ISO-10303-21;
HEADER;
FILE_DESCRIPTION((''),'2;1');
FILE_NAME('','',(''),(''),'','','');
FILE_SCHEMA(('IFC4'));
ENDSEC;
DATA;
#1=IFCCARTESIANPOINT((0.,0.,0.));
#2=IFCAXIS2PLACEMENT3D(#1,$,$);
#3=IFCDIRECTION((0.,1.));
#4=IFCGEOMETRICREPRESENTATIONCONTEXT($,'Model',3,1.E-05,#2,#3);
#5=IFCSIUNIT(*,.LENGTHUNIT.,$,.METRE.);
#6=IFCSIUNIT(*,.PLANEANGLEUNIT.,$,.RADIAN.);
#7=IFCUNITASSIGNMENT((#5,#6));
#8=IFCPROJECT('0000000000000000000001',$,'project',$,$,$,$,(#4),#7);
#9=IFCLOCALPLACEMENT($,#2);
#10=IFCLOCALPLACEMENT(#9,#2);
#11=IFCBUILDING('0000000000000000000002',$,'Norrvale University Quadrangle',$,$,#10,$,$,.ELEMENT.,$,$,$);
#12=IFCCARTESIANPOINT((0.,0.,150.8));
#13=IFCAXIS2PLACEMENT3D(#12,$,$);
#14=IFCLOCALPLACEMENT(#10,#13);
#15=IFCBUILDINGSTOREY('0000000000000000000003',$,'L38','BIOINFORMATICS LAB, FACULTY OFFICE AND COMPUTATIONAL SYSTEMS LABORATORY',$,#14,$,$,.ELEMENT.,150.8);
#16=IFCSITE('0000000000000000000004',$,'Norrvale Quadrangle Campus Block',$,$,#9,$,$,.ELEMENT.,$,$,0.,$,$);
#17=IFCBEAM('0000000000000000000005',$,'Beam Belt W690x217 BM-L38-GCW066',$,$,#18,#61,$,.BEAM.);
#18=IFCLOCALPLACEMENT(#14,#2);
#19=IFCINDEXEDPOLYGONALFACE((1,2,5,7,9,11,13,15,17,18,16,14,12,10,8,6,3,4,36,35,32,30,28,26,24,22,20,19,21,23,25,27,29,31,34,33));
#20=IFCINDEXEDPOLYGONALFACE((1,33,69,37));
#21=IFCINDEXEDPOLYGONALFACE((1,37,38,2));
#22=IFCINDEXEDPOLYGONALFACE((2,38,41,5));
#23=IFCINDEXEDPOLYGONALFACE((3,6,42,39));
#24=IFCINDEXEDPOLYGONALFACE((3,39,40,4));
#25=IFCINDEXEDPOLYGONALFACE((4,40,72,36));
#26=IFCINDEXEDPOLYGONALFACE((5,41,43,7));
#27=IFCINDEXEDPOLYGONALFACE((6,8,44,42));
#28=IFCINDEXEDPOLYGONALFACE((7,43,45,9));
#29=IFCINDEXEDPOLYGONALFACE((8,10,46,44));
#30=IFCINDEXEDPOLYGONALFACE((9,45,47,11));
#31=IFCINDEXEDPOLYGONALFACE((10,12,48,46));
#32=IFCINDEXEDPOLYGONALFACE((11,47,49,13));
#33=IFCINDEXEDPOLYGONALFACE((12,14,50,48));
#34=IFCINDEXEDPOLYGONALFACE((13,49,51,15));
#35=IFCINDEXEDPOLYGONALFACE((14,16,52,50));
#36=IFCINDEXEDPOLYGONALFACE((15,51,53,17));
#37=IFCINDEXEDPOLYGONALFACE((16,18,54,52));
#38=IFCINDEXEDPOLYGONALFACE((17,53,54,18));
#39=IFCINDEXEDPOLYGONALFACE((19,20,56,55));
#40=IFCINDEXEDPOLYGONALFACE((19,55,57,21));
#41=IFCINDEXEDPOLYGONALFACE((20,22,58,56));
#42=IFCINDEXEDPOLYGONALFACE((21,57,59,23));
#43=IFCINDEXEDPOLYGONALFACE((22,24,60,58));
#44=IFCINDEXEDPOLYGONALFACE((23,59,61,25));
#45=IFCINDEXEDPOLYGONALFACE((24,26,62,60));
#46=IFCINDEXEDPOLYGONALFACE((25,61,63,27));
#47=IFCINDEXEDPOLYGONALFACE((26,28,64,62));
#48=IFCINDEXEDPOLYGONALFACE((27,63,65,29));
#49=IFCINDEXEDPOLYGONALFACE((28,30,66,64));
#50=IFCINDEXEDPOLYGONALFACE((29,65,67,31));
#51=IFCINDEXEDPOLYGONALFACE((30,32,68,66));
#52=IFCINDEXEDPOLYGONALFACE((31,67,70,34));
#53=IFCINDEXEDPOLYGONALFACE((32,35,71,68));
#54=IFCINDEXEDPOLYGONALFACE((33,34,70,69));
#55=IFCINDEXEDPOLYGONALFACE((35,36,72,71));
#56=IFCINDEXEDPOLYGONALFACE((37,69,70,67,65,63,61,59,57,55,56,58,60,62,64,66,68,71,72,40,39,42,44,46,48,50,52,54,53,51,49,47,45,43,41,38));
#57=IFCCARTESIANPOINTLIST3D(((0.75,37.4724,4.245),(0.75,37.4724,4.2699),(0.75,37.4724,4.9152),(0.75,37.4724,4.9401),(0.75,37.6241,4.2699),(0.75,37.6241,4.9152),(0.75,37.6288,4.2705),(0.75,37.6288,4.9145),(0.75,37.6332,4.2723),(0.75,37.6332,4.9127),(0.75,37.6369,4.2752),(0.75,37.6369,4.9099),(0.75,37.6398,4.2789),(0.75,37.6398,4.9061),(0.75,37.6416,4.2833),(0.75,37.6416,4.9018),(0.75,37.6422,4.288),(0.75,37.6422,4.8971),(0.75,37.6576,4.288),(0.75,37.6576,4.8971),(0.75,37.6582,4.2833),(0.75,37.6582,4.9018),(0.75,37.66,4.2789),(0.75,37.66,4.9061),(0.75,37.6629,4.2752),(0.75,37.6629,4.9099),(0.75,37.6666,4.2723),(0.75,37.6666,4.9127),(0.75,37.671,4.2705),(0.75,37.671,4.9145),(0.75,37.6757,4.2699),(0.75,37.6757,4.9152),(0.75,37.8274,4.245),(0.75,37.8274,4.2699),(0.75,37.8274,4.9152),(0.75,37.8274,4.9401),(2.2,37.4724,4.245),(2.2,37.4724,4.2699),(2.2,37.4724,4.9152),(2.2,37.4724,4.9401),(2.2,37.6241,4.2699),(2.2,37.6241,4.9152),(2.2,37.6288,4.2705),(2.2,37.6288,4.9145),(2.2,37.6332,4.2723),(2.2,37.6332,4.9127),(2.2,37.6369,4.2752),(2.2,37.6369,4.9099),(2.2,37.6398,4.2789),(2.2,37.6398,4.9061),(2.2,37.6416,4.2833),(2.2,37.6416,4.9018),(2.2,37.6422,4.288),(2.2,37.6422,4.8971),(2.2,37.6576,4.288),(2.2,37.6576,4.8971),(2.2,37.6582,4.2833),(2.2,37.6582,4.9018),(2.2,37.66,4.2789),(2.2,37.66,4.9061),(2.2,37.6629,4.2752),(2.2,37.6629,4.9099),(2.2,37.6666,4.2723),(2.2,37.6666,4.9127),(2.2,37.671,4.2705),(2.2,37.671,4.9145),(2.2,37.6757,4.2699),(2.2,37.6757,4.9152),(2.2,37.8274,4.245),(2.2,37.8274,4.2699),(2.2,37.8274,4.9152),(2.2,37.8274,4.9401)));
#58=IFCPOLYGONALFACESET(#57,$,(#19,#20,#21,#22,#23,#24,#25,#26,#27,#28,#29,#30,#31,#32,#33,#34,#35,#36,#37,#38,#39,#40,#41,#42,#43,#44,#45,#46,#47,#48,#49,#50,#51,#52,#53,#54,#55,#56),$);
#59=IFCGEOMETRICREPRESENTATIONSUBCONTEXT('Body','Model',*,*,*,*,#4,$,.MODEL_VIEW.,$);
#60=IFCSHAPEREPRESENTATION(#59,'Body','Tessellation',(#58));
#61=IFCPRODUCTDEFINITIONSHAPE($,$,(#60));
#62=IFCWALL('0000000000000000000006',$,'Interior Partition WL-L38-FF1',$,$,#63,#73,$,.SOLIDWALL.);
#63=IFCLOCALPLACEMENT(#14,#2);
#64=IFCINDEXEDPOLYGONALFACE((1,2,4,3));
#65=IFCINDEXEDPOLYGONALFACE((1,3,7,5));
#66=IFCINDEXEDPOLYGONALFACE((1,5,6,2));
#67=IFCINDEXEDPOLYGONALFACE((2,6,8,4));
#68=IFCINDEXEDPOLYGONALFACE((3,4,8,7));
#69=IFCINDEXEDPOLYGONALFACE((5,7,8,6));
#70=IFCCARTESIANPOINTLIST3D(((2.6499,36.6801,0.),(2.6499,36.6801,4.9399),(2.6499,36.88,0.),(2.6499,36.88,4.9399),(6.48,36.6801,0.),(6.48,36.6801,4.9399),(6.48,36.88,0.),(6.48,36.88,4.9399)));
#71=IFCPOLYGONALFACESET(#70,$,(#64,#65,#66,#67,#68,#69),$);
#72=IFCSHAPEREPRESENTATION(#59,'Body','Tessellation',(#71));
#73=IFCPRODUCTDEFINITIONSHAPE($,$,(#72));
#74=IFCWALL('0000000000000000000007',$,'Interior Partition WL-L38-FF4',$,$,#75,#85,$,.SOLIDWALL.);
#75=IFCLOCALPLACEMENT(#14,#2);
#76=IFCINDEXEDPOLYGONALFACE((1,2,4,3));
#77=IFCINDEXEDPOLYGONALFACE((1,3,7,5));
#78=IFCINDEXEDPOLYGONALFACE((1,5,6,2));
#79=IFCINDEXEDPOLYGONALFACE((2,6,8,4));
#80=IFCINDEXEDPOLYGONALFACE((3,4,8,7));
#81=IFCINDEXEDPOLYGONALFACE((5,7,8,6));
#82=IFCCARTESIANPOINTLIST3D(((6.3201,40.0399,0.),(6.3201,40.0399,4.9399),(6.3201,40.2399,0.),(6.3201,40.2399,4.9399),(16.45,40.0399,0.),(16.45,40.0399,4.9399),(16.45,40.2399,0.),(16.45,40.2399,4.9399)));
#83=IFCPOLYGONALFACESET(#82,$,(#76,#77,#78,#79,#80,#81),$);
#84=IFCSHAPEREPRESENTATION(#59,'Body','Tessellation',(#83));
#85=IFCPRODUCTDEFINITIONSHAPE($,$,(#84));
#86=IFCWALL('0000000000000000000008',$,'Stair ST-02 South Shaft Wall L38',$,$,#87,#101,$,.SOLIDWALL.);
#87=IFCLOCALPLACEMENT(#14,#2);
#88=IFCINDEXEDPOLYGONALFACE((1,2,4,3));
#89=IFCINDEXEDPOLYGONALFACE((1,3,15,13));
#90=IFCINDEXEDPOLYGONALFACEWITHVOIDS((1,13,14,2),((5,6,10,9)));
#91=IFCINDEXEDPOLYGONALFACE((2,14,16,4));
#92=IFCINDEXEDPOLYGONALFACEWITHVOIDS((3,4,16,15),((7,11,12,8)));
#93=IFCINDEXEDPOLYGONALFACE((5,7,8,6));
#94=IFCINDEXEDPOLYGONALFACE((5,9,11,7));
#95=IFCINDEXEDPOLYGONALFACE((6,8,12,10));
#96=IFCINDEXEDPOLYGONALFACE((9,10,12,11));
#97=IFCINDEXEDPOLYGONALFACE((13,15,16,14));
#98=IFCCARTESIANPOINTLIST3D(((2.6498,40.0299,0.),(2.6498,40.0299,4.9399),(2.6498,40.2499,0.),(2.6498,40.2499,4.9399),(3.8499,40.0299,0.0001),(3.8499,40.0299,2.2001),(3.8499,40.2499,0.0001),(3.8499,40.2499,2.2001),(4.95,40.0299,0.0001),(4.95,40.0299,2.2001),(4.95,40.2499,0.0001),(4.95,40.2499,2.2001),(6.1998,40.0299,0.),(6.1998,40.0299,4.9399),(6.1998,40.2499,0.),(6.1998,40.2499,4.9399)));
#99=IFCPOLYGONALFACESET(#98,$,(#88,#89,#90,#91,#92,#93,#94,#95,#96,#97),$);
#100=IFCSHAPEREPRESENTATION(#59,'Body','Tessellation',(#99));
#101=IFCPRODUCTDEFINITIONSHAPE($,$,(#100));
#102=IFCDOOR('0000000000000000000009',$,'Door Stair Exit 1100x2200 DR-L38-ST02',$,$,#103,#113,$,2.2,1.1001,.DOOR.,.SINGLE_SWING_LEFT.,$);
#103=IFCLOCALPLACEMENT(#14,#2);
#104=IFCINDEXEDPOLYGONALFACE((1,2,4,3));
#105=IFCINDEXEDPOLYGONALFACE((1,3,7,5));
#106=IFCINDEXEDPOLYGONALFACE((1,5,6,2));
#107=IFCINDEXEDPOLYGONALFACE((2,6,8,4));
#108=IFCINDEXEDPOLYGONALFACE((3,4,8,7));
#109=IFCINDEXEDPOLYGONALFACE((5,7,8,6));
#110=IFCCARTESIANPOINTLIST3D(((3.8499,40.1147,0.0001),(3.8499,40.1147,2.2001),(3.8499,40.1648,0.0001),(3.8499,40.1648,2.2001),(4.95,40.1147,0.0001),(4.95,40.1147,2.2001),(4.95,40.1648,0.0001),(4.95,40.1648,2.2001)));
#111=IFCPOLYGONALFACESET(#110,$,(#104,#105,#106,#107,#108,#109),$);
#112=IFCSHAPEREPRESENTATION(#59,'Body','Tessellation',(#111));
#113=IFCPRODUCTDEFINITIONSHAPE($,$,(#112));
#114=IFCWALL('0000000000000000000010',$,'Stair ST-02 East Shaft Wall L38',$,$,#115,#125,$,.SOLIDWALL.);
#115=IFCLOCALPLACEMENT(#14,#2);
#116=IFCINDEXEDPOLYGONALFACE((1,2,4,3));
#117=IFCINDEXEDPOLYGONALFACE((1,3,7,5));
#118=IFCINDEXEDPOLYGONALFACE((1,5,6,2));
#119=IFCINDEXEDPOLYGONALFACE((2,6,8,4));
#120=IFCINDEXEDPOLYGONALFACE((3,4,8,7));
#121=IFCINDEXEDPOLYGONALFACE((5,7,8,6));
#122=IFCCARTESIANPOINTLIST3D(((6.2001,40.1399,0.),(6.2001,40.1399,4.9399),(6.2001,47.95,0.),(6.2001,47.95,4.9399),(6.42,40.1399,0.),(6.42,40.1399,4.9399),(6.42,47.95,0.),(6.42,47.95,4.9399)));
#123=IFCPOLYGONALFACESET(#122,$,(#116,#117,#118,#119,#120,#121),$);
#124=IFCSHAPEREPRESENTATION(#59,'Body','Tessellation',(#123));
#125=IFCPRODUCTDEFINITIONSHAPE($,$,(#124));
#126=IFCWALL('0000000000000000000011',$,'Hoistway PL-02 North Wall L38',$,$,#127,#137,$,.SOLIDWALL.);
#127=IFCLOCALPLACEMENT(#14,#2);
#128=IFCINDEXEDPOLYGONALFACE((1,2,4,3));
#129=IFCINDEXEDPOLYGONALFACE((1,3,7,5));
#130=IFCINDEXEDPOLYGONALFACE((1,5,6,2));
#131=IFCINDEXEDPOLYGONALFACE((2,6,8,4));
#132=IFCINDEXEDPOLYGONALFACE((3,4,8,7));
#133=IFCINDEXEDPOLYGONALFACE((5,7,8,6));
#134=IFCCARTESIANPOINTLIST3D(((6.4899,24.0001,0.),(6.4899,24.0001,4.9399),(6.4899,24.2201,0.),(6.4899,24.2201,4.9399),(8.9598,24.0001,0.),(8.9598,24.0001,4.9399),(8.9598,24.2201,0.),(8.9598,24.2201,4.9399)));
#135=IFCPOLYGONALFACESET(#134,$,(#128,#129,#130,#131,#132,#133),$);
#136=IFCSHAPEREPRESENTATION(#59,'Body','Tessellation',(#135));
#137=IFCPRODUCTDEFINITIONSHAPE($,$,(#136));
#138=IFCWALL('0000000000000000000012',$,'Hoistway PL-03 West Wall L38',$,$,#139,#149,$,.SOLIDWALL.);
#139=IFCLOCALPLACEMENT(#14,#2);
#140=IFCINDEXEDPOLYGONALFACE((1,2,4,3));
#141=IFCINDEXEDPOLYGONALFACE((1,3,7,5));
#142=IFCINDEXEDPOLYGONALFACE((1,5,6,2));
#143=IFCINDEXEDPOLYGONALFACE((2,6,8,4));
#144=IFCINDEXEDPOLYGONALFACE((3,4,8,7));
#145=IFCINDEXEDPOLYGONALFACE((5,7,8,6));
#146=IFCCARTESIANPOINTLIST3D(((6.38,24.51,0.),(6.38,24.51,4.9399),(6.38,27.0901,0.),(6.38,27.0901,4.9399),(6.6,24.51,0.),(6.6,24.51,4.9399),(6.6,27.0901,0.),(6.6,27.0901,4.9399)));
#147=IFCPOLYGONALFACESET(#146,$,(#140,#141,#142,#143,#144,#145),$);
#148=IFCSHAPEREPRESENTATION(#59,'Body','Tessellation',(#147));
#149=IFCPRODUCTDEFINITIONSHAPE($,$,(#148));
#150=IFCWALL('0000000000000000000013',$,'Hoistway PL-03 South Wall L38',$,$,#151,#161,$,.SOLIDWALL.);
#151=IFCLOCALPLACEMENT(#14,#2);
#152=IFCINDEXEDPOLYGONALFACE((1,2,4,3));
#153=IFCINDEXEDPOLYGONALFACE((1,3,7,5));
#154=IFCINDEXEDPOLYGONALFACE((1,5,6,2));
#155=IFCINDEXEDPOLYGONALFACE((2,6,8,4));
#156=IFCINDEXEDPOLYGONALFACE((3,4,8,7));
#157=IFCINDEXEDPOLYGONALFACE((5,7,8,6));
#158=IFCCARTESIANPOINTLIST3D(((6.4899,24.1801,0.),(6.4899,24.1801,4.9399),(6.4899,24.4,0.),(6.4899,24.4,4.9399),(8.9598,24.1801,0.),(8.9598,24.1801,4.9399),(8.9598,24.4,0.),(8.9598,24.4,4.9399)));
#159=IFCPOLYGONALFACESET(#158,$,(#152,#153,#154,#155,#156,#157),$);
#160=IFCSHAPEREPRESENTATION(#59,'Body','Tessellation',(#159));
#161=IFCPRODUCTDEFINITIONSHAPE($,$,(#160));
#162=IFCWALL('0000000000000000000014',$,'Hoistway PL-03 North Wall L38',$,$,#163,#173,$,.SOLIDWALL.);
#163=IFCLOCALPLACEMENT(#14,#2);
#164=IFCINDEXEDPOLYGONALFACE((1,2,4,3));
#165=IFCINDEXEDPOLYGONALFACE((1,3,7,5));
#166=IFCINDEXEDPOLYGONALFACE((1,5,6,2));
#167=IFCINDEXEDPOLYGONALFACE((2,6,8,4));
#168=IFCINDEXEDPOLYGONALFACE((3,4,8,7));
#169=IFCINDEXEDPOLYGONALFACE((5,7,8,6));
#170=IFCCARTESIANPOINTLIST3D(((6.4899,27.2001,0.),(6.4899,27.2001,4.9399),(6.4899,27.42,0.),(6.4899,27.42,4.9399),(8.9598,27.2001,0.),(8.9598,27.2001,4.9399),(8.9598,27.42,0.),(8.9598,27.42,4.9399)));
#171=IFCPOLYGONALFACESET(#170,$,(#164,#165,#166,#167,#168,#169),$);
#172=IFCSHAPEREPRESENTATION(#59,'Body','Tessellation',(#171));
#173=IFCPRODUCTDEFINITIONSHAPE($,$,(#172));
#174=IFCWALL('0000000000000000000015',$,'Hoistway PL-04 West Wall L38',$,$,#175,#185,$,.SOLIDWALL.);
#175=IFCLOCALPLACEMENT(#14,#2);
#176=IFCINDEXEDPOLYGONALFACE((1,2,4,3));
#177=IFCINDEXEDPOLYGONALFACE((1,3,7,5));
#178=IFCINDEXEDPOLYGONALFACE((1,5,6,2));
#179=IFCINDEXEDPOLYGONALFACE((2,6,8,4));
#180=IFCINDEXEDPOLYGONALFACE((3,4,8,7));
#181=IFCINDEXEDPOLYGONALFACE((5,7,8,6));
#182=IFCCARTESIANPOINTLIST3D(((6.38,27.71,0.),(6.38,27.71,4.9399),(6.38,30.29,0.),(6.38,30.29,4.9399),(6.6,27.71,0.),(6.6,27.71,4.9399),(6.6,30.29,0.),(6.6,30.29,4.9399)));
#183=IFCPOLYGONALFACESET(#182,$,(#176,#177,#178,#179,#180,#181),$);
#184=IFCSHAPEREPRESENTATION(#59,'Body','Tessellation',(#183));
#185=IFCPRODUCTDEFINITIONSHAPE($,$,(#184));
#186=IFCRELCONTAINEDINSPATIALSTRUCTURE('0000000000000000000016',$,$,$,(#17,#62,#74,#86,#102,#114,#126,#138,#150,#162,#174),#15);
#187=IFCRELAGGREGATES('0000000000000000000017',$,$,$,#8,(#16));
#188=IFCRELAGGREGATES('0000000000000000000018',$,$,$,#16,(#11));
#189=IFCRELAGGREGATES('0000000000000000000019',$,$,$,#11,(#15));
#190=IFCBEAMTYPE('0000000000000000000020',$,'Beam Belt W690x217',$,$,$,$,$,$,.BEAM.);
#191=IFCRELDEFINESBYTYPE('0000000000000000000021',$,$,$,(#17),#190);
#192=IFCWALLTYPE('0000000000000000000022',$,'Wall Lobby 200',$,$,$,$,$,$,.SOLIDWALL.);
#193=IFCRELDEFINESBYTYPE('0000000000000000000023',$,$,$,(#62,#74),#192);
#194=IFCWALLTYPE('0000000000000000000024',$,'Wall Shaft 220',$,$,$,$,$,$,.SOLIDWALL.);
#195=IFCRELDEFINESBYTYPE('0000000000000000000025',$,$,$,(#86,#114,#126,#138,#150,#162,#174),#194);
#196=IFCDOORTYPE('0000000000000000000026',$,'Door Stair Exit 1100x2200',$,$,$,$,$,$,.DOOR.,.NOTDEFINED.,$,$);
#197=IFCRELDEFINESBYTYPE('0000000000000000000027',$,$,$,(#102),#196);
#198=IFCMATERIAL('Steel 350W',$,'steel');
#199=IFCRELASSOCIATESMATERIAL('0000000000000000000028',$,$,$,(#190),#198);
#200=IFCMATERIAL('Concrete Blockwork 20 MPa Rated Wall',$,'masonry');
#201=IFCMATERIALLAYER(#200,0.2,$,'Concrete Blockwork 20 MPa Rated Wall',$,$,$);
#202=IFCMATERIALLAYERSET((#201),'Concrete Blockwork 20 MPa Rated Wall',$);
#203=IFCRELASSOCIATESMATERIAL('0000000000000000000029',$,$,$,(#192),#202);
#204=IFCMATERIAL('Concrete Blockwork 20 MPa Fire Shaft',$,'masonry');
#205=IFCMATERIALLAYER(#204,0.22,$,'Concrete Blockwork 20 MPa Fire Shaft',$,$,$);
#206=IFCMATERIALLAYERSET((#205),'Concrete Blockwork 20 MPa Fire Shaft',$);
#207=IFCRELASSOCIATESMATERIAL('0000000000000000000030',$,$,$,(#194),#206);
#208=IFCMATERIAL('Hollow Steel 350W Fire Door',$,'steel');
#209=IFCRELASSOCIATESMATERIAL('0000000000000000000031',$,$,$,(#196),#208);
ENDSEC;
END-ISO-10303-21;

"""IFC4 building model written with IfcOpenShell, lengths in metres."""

from ifc_helpers import new_model, si_unit, direction, frame, frame_2d, origin, origin_2d, place, context, subcontext, project, spatial, rectangle, i_section, extrude, material, layer, layer_set, material_profile, profile_set, type_object, element, fill, save


model = new_model("IFC4")

# Units and contexts
model_context = context("Model", 3, precision=1e-05, world=origin(), true_north=direction((0.0, 1.0)))
body_context = subcontext(model_context, "Body", "Model", "MODEL_VIEW")
ifc_project = project(units=[si_unit("LENGTHUNIT", "METRE"), si_unit("PLANEANGLEUNIT", "RADIAN")], contexts=[model_context])

# Site, building, storey
site_placement = place(None, origin())
site = spatial("IfcSite", under=ifc_project, at=site_placement, Name="Norrvale Quadrangle Campus Block", CompositionType="ELEMENT", RefElevation=0.0)
building_placement = place(site_placement, origin())
building = spatial("IfcBuilding", under=site, at=building_placement, Name="Norrvale University Quadrangle", CompositionType="ELEMENT")
storey_placement = place(building_placement, frame((0.0, 0.0, 150.8)))
storey = spatial("IfcBuildingStorey", under=building, at=storey_placement, Name="L38", Description="BIOINFORMATICS LAB, FACULTY OFFICE AND COMPUTATIONAL SYSTEMS LABORATORY", CompositionType="ELEMENT", Elevation=150.8)

# Beam
ifc_material_1 = material(Name="Steel 350W", Category="steel")
ifc_material_profile_1 = material_profile(ifc_material_1, i_section(OverallWidth=0.355, OverallDepth=0.6951, WebThickness=0.0154, FlangeThickness=0.0249, FilletRadius=0.0181, at=origin_2d()), Name="Steel 350W")
ifc_profile_set_1 = profile_set([ifc_material_profile_1], Name="Steel 350W")
beam_type = type_object("IfcBeamType", Name="Beam Belt W690x217", PredefinedType="BEAM", material=ifc_profile_set_1)
for number, where, z_axis, x_axis, name in (
    (1, (0.75, 37.6499, 4.5925), (1.0, 0.0, 0.0), (0.0, 1.0, 0.0), "Beam Belt W690x217 BM-L38-GCW066"),
):
    element("IfcBeam", number, at=place(storey_placement, frame(where, z_axis=z_axis, x_axis=x_axis)), inside=storey, type_object=beam_type, Name=name, PredefinedType="BEAM", context=body_context, shape_type="SweptSolid", body=[
        extrude(i_section(OverallWidth=0.355, OverallDepth=0.6951, WebThickness=0.0154, FlangeThickness=0.0249, FilletRadius=0.0181, at=origin_2d()), origin(), (0.0, 0.0, 1.0), 1.45),
    ])

# Walls
ifc_material_2 = material(Name="Concrete Blockwork 20 MPa Rated Wall", Category="masonry")
ifc_layer_1 = layer(ifc_material_2, 0.2, Name="Concrete Blockwork 20 MPa Rated Wall")
ifc_layer_set_1 = layer_set([ifc_layer_1], Name="Concrete Blockwork 20 MPa Rated Wall")
wall_type_1 = type_object("IfcWallType", Name="Wall Lobby 200", PredefinedType="SOLIDWALL", material=ifc_layer_set_1)
wall_1_placement = place(storey_placement, frame((2.6499, 36.78, 0.0), z_axis=(0.0, 0.0, 1.0), x_axis=(1.0, 0.0, 0.0)))
element("IfcWall", 2, at=wall_1_placement, inside=storey, type_object=wall_type_1, Name="Interior Partition WL-L38-FF1", PredefinedType="SOLIDWALL", context=body_context, shape_type="SweptSolid", body=[
    extrude(rectangle(XDim=3.8301, YDim=0.2, at=frame_2d((1.915, 0.0))), origin(), (0.0, 0.0, 1.0), 4.9399),
])
wall_2_placement = place(storey_placement, frame((6.3201, 40.1399, 0.0), z_axis=(0.0, 0.0, 1.0), x_axis=(1.0, 0.0, 0.0)))
element("IfcWall", 3, at=wall_2_placement, inside=storey, type_object=wall_type_1, Name="Interior Partition WL-L38-FF4", PredefinedType="SOLIDWALL", context=body_context, shape_type="SweptSolid", body=[
    extrude(rectangle(XDim=10.1299, YDim=0.2, at=frame_2d((5.0649, 0.0))), origin(), (0.0, 0.0, 1.0), 4.9399),
])

# Wall, opening, door
ifc_material_3 = material(Name="Concrete Blockwork 20 MPa Fire Shaft", Category="masonry")
ifc_layer_2 = layer(ifc_material_3, 0.22, Name="Concrete Blockwork 20 MPa Fire Shaft")
ifc_layer_set_2 = layer_set([ifc_layer_2], Name="Concrete Blockwork 20 MPa Fire Shaft")
wall_type_2 = type_object("IfcWallType", Name="Wall Shaft 220", PredefinedType="SOLIDWALL", material=ifc_layer_set_2)
wall_3_placement = place(storey_placement, frame((2.6499, 40.1399, 0.0), z_axis=(0.0, 0.0, 1.0), x_axis=(1.0, 0.0, 0.0)))
wall_3 = element("IfcWall", 4, at=wall_3_placement, inside=storey, type_object=wall_type_2, Name="Stair ST-02 South Shaft Wall L38", PredefinedType="SOLIDWALL", context=body_context, shape_type="SweptSolid", body=[
    extrude(rectangle(XDim=3.55, YDim=0.22, at=frame_2d((1.7749, 0.0))), origin(), (0.0, 0.0, 1.0), 4.9399),
])
opening_placement = place(wall_3_placement, frame((1.2, 0.0, 0.0)))
opening = element("IfcOpeningElement", 5, at=opening_placement, cuts=wall_3, PredefinedType="OPENING", context=body_context, shape_type="SweptSolid", body=[
    extrude(rectangle(XDim=1.1001, YDim=2.2, at=frame_2d((0.55, 1.1001))), frame((0.0, 0.1221, 0.0), z_axis=(0.0, -1.0, 0.0), x_axis=(1.0, 0.0, 0.0)), (0.0, 0.0, 1.0), 0.2439),
])
ifc_material_4 = material(Name="Hollow Steel 350W Fire Door", Category="steel")
door_type = type_object("IfcDoorType", Name="Door Stair Exit 1100x2200", OperationType="NOTDEFINED", PredefinedType="DOOR", material=ifc_material_4)
door_placement = place(opening_placement, origin())
door = element("IfcDoor", 6, at=door_placement, inside=storey, type_object=door_type, Name="Door Stair Exit 1100x2200 DR-L38-ST02", OperationType="SINGLE_SWING_LEFT", OverallHeight=2.2, OverallWidth=1.1001, PredefinedType="DOOR", context=body_context, shape_type="SweptSolid", body=[
    extrude(rectangle(XDim=1.1001, YDim=2.2, at=frame_2d((0.55, 1.1001))), frame((0.0, 0.0249, 0.0), z_axis=(0.0, -1.0, 0.0), x_axis=(1.0, 0.0, 0.0)), (0.0, 0.0, 1.0), 0.05),
])
fill(opening, door)

# Walls
wall_4_placement = place(storey_placement, frame((6.3101, 40.1399, 0.0), z_axis=(0.0, 0.0, 1.0), x_axis=(0.0, 1.0, 0.0)))
element("IfcWall", 7, at=wall_4_placement, inside=storey, type_object=wall_type_2, Name="Stair ST-02 East Shaft Wall L38", PredefinedType="SOLIDWALL", context=body_context, shape_type="SweptSolid", body=[
    extrude(rectangle(XDim=7.8101, YDim=0.22, at=frame_2d((3.905, 0.0))), origin(), (0.0, 0.0, 1.0), 4.9399),
])
wall_5_placement = place(storey_placement, frame((6.49, 24.1101, 0.0), z_axis=(0.0, 0.0, 1.0), x_axis=(1.0, 0.0, 0.0)))
element("IfcWall", 8, at=wall_5_placement, inside=storey, type_object=wall_type_2, Name="Hoistway PL-02 North Wall L38", PredefinedType="SOLIDWALL", context=body_context, shape_type="SweptSolid", body=[
    extrude(rectangle(XDim=2.47, YDim=0.22, at=frame_2d((1.2349, 0.0))), origin(), (0.0, 0.0, 1.0), 4.9399),
])
wall_6_placement = place(storey_placement, frame((6.49, 24.51, 0.0), z_axis=(0.0, 0.0, 1.0), x_axis=(0.0, 1.0, 0.0)))
element("IfcWall", 9, at=wall_6_placement, inside=storey, type_object=wall_type_2, Name="Hoistway PL-03 West Wall L38", PredefinedType="SOLIDWALL", context=body_context, shape_type="SweptSolid", body=[
    extrude(rectangle(XDim=2.5801, YDim=0.22, at=frame_2d((1.29, 0.0))), origin(), (0.0, 0.0, 1.0), 4.9399),
])
for number, where, z_axis, x_axis, name in (
    (10, (6.49, 24.29, 0.0), (0.0, 0.0, 1.0), (1.0, 0.0, 0.0), "Hoistway PL-03 South Wall L38"),
    (11, (6.49, 27.3101, 0.0), (0.0, 0.0, 1.0), (1.0, 0.0, 0.0), "Hoistway PL-03 North Wall L38"),
):
    element("IfcWall", number, at=place(storey_placement, frame(where, z_axis=z_axis, x_axis=x_axis)), inside=storey, type_object=wall_type_2, Name=name, PredefinedType="SOLIDWALL", context=body_context, shape_type="SweptSolid", body=[
        extrude(rectangle(XDim=2.47, YDim=0.22, at=frame_2d((1.2349, 0.0))), origin(), (0.0, 0.0, 1.0), 4.9399),
    ])
wall_7_placement = place(storey_placement, frame((6.49, 27.71, 0.0), z_axis=(0.0, 0.0, 1.0), x_axis=(0.0, 1.0, 0.0)))
element("IfcWall", 12, at=wall_7_placement, inside=storey, type_object=wall_type_2, Name="Hoistway PL-04 West Wall L38", PredefinedType="SOLIDWALL", context=body_context, shape_type="SweptSolid", body=[
    extrude(rectangle(XDim=2.5801, YDim=0.22, at=frame_2d((1.29, 0.0))), origin(), (0.0, 0.0, 1.0), 4.9399),
])

save(model, "model.ifc")
